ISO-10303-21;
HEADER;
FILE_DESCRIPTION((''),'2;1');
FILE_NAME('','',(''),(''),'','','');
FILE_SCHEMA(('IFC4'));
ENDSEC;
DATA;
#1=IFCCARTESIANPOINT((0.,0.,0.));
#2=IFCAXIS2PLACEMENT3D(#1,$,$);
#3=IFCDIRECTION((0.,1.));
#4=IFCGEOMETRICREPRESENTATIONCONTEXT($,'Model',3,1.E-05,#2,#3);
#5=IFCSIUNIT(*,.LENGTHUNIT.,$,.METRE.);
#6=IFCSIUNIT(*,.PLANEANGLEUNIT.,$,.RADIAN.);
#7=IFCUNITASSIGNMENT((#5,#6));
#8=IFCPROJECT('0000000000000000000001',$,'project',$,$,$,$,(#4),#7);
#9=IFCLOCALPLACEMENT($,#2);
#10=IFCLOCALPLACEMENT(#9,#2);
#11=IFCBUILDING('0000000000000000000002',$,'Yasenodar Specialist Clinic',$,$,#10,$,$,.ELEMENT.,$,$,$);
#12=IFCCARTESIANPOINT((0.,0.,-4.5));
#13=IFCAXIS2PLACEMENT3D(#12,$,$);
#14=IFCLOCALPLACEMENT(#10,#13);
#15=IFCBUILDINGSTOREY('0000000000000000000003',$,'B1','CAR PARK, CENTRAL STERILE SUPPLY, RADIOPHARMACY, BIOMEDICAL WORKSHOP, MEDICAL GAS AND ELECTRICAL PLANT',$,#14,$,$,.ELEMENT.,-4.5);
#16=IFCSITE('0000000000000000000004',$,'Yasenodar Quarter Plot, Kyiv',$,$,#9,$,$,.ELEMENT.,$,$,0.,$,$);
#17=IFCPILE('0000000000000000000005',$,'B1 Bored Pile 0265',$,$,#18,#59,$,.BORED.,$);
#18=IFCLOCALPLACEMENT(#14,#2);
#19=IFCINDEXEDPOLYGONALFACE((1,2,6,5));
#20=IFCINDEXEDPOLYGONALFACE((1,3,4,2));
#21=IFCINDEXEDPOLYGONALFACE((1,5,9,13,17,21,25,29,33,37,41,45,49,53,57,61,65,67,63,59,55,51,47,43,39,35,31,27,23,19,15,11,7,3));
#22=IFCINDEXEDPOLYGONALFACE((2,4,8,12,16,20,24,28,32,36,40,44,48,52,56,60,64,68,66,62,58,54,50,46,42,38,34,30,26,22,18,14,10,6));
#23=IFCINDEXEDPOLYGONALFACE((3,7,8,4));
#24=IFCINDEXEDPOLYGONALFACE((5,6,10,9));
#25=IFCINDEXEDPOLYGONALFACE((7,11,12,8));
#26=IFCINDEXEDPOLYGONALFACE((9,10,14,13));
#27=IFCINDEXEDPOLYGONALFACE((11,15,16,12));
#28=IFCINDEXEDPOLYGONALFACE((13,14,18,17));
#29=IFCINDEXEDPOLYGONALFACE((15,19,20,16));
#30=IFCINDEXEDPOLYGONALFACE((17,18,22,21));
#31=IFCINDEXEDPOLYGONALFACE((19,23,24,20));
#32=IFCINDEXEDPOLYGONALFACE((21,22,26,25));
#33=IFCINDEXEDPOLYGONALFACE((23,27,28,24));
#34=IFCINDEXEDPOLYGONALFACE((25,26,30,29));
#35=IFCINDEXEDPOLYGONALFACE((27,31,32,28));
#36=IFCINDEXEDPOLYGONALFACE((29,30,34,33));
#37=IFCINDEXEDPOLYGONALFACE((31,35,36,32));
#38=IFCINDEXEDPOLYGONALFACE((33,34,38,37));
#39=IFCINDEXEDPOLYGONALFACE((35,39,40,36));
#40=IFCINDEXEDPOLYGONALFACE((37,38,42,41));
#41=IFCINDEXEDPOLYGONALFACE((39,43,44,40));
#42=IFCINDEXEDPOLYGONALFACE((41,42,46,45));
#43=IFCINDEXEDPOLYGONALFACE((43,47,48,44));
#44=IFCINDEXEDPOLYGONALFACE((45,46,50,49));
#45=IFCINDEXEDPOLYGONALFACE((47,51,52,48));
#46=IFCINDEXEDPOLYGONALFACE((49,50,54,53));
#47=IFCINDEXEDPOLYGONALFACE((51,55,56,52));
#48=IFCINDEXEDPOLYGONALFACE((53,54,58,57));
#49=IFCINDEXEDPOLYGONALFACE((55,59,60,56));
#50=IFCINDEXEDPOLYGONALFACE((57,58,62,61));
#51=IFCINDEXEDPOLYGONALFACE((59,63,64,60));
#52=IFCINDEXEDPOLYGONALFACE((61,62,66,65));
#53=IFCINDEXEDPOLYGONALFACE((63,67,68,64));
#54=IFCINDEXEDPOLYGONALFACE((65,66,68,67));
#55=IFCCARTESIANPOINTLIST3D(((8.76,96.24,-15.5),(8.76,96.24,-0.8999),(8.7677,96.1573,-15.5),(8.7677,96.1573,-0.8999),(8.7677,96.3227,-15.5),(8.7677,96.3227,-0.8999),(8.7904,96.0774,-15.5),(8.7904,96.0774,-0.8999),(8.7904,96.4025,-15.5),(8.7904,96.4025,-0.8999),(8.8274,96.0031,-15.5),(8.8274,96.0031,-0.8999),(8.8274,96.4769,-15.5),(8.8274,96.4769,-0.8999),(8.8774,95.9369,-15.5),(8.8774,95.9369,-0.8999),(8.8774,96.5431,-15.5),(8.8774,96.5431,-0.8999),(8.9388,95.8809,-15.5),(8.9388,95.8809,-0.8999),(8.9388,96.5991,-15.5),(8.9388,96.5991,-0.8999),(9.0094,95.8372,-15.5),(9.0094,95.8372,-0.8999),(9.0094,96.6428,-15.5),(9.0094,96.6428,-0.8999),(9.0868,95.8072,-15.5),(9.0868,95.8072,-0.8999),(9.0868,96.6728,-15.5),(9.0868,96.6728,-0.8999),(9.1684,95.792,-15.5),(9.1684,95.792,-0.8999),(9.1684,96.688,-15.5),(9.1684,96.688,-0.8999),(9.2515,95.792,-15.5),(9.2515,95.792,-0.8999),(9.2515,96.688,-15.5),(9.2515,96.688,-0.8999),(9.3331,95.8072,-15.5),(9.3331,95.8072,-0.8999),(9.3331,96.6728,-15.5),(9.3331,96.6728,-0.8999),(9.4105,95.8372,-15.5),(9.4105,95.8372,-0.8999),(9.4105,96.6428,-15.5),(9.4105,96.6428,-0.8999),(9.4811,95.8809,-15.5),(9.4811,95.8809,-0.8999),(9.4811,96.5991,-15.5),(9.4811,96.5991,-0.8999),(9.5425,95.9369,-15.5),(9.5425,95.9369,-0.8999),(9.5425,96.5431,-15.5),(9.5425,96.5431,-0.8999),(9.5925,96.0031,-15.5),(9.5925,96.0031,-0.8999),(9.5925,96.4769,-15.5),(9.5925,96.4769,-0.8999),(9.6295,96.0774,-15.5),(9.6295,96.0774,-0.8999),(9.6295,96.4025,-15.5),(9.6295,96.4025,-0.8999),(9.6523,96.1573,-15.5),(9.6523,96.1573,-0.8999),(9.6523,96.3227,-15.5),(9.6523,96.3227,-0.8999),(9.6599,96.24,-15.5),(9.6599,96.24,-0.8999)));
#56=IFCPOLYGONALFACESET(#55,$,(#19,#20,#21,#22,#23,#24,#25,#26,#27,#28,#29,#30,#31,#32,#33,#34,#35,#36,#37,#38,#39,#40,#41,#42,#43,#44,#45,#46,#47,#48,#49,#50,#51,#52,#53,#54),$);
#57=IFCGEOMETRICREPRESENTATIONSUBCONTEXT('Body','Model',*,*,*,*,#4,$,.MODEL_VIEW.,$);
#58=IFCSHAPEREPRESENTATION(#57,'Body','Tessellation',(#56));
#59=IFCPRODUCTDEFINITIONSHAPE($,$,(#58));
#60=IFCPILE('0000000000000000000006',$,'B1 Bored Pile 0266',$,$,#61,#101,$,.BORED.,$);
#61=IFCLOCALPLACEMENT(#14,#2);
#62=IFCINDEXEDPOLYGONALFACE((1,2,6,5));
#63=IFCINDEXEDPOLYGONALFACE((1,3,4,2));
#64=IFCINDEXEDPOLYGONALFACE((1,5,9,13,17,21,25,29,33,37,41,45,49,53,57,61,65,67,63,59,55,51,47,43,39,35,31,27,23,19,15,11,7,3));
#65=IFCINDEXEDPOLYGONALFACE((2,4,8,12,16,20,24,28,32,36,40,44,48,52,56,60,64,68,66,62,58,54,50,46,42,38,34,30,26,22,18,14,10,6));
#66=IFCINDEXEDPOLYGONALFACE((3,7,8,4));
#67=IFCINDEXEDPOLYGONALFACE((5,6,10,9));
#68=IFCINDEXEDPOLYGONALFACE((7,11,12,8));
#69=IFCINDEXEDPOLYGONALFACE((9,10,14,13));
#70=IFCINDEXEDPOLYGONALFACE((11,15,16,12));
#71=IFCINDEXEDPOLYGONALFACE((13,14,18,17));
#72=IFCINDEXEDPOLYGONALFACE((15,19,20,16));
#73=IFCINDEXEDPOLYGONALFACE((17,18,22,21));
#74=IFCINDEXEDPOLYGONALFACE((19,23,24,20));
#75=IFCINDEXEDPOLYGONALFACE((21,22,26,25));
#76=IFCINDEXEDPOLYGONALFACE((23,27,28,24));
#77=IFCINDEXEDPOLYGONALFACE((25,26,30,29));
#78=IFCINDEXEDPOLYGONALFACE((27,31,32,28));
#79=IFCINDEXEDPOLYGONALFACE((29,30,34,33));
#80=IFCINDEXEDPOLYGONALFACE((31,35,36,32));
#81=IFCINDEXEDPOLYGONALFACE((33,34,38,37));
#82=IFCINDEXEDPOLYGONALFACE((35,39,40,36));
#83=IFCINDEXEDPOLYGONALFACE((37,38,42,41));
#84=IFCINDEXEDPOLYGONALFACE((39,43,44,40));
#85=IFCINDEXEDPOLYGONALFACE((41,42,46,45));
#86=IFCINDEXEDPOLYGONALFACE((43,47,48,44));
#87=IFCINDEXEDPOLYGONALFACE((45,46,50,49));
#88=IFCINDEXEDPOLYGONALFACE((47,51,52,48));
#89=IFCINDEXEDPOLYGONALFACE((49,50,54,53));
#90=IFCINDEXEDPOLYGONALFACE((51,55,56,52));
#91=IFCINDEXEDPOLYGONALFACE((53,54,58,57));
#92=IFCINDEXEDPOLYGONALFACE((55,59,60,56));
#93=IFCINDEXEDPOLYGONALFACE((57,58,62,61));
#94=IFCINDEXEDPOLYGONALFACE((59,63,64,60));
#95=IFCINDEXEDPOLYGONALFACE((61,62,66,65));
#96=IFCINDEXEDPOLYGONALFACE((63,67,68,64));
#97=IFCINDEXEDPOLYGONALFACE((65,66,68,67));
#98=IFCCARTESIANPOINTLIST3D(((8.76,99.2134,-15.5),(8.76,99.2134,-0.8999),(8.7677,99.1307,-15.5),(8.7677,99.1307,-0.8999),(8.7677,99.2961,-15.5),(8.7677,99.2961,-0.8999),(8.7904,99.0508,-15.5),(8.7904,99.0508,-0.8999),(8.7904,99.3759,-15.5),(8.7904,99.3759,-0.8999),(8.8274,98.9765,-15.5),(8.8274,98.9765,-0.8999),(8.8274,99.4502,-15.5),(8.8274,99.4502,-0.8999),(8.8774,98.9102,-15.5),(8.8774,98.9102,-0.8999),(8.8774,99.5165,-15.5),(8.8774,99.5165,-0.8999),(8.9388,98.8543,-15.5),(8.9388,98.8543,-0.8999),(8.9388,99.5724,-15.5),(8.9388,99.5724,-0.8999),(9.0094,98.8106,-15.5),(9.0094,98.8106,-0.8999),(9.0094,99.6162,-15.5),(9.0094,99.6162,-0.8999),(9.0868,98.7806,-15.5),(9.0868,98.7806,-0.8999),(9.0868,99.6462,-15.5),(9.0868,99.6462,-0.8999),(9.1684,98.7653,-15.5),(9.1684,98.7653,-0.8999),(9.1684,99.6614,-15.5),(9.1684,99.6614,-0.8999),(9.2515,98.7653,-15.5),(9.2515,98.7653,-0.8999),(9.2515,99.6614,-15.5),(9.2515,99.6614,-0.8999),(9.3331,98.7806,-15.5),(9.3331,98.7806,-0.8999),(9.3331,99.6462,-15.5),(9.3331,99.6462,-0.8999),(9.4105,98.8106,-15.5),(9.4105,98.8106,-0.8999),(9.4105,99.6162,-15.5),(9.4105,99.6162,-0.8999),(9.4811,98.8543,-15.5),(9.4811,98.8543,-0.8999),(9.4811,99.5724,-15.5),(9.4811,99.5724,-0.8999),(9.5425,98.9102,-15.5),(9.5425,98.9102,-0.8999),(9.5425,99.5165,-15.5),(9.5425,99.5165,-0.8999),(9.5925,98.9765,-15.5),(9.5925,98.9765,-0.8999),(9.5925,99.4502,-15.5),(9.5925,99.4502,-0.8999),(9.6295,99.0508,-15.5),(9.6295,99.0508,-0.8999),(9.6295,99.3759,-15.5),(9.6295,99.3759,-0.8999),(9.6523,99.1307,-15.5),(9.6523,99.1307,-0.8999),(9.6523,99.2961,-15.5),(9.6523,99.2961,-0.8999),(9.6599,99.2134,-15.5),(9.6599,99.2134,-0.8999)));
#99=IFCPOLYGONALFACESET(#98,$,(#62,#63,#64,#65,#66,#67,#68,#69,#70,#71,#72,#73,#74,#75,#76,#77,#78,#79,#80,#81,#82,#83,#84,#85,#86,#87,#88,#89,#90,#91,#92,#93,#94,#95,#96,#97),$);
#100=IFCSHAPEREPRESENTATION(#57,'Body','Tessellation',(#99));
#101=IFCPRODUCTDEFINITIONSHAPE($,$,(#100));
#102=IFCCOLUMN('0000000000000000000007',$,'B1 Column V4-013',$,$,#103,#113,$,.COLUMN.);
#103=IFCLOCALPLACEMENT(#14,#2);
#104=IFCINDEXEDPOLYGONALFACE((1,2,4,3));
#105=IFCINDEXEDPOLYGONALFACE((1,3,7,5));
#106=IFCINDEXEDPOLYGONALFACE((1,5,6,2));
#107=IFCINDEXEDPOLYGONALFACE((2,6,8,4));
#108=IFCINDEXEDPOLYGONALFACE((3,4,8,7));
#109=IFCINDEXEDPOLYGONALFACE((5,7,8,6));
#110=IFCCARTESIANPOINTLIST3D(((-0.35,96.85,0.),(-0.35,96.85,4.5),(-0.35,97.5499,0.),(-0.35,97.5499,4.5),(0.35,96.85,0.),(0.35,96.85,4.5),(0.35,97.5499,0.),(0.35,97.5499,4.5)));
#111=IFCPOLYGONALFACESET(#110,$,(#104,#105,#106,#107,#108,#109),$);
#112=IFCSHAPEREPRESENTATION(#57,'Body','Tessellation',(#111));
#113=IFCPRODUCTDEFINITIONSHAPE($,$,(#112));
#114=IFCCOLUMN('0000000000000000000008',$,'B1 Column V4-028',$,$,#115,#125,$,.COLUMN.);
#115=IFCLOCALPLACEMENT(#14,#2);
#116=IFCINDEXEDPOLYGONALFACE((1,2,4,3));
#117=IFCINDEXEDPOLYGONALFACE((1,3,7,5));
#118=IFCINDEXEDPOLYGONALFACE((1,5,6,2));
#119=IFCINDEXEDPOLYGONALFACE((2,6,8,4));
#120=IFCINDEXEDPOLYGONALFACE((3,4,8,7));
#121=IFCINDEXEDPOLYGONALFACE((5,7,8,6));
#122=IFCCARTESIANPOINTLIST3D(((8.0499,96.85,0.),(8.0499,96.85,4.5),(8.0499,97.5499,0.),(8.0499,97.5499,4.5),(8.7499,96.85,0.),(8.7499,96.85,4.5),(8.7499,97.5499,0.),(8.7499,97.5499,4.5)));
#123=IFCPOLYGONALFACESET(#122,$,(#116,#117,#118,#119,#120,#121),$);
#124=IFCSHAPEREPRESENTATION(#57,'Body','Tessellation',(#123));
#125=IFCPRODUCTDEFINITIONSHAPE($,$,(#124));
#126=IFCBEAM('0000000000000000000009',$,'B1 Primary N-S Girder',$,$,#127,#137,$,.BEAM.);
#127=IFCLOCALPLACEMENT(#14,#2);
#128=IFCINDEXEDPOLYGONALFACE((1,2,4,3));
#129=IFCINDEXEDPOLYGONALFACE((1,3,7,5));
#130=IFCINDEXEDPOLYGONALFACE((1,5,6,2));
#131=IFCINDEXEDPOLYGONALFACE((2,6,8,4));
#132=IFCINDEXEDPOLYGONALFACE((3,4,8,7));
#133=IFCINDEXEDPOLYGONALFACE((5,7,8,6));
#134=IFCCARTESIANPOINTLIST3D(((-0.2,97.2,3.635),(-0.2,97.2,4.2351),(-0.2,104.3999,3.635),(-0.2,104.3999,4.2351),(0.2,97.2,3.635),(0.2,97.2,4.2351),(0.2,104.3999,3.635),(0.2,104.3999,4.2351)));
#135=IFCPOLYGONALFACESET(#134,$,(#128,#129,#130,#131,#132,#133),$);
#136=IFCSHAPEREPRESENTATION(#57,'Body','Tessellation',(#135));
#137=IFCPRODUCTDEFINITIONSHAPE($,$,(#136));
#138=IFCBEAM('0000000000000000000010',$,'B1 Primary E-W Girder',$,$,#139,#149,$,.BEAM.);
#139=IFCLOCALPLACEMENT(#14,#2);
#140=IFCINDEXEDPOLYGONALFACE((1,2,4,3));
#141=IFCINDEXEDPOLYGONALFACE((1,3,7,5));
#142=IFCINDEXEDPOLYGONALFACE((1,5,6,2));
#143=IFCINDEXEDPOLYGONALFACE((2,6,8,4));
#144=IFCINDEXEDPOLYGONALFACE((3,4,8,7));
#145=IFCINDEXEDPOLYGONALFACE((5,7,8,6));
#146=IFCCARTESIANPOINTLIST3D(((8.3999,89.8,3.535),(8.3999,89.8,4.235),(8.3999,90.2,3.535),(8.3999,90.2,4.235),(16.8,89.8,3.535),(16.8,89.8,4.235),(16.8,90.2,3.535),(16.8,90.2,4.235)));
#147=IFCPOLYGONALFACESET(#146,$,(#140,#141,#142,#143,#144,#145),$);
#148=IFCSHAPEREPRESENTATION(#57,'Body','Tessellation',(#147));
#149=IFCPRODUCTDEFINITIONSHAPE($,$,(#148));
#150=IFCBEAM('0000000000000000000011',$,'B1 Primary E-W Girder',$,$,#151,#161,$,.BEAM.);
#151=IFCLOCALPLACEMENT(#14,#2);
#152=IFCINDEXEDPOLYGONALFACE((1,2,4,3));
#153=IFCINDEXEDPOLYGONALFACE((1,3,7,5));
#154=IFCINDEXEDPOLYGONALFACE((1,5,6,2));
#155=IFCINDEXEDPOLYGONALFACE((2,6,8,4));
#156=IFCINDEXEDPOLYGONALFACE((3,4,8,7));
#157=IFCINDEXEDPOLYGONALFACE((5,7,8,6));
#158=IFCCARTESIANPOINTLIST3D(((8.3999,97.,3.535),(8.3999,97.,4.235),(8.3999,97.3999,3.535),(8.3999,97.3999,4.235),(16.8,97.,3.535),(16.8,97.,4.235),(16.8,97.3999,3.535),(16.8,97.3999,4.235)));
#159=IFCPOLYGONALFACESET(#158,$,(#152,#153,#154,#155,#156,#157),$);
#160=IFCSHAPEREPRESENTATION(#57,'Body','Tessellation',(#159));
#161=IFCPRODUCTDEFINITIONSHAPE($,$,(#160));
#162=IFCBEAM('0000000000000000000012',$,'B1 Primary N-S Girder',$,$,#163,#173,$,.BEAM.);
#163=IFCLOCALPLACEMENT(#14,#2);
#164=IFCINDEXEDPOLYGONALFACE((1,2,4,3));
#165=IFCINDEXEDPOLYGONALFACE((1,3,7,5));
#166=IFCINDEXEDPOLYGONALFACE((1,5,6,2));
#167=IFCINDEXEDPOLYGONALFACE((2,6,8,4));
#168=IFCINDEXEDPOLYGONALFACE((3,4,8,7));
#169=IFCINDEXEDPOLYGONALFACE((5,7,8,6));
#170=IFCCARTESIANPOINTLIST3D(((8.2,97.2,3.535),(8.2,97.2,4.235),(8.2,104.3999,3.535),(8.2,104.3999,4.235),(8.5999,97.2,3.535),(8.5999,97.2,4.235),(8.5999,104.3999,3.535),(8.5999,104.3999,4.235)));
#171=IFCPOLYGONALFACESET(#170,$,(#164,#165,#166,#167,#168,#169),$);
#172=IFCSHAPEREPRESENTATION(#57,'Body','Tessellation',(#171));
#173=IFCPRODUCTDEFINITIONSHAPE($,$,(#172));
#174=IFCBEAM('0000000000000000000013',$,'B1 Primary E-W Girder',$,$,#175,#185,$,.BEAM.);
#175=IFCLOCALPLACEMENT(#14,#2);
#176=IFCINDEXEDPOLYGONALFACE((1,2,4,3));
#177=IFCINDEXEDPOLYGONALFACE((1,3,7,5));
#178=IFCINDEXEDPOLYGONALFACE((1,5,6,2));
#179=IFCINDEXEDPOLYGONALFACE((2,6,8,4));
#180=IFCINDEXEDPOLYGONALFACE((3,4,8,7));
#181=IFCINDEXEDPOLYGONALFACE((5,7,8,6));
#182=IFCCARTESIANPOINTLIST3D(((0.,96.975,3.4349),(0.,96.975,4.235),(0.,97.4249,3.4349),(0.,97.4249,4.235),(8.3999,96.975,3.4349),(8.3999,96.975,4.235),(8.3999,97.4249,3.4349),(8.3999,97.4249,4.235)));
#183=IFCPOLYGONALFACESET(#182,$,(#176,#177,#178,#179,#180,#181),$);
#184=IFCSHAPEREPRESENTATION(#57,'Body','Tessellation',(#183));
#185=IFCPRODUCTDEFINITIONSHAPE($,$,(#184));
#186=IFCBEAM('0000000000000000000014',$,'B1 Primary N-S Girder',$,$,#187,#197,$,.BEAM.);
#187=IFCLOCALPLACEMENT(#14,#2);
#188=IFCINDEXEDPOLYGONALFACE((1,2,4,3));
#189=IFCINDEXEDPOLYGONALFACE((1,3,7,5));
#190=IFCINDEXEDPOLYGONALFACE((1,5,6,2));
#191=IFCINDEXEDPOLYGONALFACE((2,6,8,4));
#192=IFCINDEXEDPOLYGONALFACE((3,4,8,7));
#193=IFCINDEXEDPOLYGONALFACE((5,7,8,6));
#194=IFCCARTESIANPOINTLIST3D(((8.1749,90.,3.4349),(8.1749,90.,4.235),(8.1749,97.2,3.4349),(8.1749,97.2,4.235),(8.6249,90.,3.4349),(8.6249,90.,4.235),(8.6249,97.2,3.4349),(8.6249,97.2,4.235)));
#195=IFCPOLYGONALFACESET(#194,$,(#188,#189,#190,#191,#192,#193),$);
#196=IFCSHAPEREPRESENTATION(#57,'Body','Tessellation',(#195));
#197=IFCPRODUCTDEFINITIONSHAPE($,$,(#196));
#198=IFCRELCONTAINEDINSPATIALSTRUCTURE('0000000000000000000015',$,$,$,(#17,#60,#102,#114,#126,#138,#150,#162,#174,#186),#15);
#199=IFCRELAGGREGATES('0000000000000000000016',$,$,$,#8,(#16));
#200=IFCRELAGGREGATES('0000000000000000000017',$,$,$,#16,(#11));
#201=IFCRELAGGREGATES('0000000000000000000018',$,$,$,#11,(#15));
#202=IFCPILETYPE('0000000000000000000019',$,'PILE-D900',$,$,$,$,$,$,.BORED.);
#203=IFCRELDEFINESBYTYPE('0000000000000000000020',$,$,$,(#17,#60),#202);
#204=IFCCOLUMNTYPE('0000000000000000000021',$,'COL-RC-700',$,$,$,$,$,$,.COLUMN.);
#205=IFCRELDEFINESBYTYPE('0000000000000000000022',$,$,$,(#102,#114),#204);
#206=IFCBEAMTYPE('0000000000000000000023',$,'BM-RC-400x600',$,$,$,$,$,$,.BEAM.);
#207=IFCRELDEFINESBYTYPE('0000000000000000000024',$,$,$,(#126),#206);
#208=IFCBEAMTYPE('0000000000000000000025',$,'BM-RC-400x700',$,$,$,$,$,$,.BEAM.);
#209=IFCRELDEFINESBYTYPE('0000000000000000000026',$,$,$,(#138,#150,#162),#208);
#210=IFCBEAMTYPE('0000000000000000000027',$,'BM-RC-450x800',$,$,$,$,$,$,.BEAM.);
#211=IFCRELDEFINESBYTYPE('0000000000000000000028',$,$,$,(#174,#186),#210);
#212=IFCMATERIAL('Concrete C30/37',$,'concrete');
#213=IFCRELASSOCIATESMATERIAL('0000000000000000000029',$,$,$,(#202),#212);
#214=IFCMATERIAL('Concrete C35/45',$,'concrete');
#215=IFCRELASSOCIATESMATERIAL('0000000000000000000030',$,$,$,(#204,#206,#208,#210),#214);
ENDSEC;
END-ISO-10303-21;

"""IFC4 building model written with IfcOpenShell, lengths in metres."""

from ifc_helpers import new_model, si_unit, direction, frame, origin, origin_2d, place, context, subcontext, project, spatial, rectangle, circle, extrude, material, material_profile, profile_set, type_object, element, save


model = new_model("IFC4")

# Units and contexts
model_context = context("Model", 3, precision=1e-05, world=origin(), true_north=direction((0.0, 1.0)))
body_context = subcontext(model_context, "Body", "Model", "MODEL_VIEW")
ifc_project = project(units=[si_unit("LENGTHUNIT", "METRE"), si_unit("PLANEANGLEUNIT", "RADIAN")], contexts=[model_context])

# Site, building, storey
site_placement = place(None, origin())
site = spatial("IfcSite", under=ifc_project, at=site_placement, Name="Yasenodar Quarter Plot, Kyiv", CompositionType="ELEMENT", RefElevation=0.0)
building_placement = place(site_placement, origin())
building = spatial("IfcBuilding", under=site, at=building_placement, Name="Yasenodar Specialist Clinic", CompositionType="ELEMENT")
storey_placement = place(building_placement, frame((0.0, 0.0, -4.5)))
storey = spatial("IfcBuildingStorey", under=building, at=storey_placement, Name="B1", Description="CAR PARK, CENTRAL STERILE SUPPLY, RADIOPHARMACY, BIOMEDICAL WORKSHOP, MEDICAL GAS AND ELECTRICAL PLANT", CompositionType="ELEMENT", Elevation=-4.5)

# Shared definitions
ifc_material_1 = material(Name="Concrete C35/45", Category="concrete")

# Piles
ifc_material_2 = material(Name="Concrete C30/37", Category="concrete")
ifc_material_profile_1 = material_profile(ifc_material_2, circle(Radius=0.45, at=origin_2d()), Name="PILE D900")
ifc_profile_set_1 = profile_set([ifc_material_profile_1], Name="Concrete C30/37")
pile_type_1 = type_object("IfcPileType", Name="PILE-D900", PredefinedType="BORED", material=ifc_profile_set_1)
for number, where, z_axis, x_axis, name in (
    (1, (9.21, 96.24, -0.8999), (0.0, 0.0, -1.0), (1.0, 0.0, 0.0), "B1 Bored Pile 0265"),
    (2, (9.21, 99.2134, -0.8999), (0.0, 0.0, -1.0), (1.0, 0.0, 0.0), "B1 Bored Pile 0266"),
):
    element("IfcPile", number, at=place(storey_placement, frame(where, z_axis=z_axis, x_axis=x_axis)), inside=storey, type_object=pile_type_1, Name=name, PredefinedType="BORED", context=body_context, shape_type="SweptSolid", body=[
        extrude(circle(Radius=0.45, at=origin_2d()), origin(), (0.0, 0.0, 1.0), 14.6001),
    ])

# Columns
ifc_material_profile_2 = material_profile(ifc_material_1, rectangle(XDim=0.7, YDim=0.7, at=origin_2d()), Name="RC 700x700")
ifc_profile_set_2 = profile_set([ifc_material_profile_2], Name="Concrete C35/45")
column_type = type_object("IfcColumnType", Name="COL-RC-700", PredefinedType="COLUMN", material=ifc_profile_set_2)
for number, where, z_axis, x_axis, name in (
    (3, (0.0, 97.2, 0.0), (0.0, 0.0, 1.0), (1.0, 0.0, 0.0), "B1 Column V4-013"),
    (4, (8.3999, 97.2, 0.0), (0.0, 0.0, 1.0), (1.0, 0.0, 0.0), "B1 Column V4-028"),
):
    element("IfcColumn", number, at=place(storey_placement, frame(where, z_axis=z_axis, x_axis=x_axis)), inside=storey, type_object=column_type, Name=name, PredefinedType="COLUMN", context=body_context, shape_type="SweptSolid", body=[
        extrude(rectangle(XDim=0.7, YDim=0.7, at=origin_2d()), origin(), (0.0, 0.0, 1.0), 4.5),
    ])

# Beams
ifc_material_profile_3 = material_profile(ifc_material_1, rectangle(XDim=0.3999, YDim=0.6001, at=origin_2d()), Name="RC 400x600")
ifc_profile_set_3 = profile_set([ifc_material_profile_3], Name="Concrete C35/45")
beam_type_1 = type_object("IfcBeamType", Name="BM-RC-400x600", PredefinedType="BEAM", material=ifc_profile_set_3)
beam_1_placement = place(storey_placement, frame((0.0, 97.2, 3.9351), z_axis=(0.0, 1.0, 0.0), x_axis=(-1.0, 0.0, 0.0)))
element("IfcBeam", 5, at=beam_1_placement, inside=storey, type_object=beam_type_1, Name="B1 Primary N-S Girder", PredefinedType="BEAM", context=body_context, shape_type="SweptSolid", body=[
    extrude(rectangle(XDim=0.3999, YDim=0.6001, at=origin_2d()), origin(), (0.0, 0.0, 1.0), 7.2),
])
ifc_material_profile_4 = material_profile(ifc_material_1, rectangle(XDim=0.3999, YDim=0.7, at=origin_2d()), Name="RC 400x700")
ifc_profile_set_4 = profile_set([ifc_material_profile_4], Name="Concrete C35/45")
beam_type_2 = type_object("IfcBeamType", Name="BM-RC-400x700", PredefinedType="BEAM", material=ifc_profile_set_4)
for number, where, z_axis, x_axis, name in (
    (6, (8.3999, 90.0, 3.885), (1.0, 0.0, 0.0), (0.0, 1.0, 0.0), "B1 Primary E-W Girder"),
    (7, (8.3999, 97.2, 3.885), (1.0, 0.0, 0.0), (0.0, 1.0, 0.0), "B1 Primary E-W Girder"),
):
    element("IfcBeam", number, at=place(storey_placement, frame(where, z_axis=z_axis, x_axis=x_axis)), inside=storey, type_object=beam_type_2, Name=name, PredefinedType="BEAM", context=body_context, shape_type="SweptSolid", body=[
        extrude(rectangle(XDim=0.3999, YDim=0.7, at=origin_2d()), origin(), (0.0, 0.0, 1.0), 8.4001),
    ])
beam_2_placement = place(storey_placement, frame((8.3999, 97.2, 3.885), z_axis=(0.0, 1.0, 0.0), x_axis=(-1.0, 0.0, 0.0)))
element("IfcBeam", 8, at=beam_2_placement, inside=storey, type_object=beam_type_2, Name="B1 Primary N-S Girder", PredefinedType="BEAM", context=body_context, shape_type="SweptSolid", body=[
    extrude(rectangle(XDim=0.3999, YDim=0.7, at=origin_2d()), origin(), (0.0, 0.0, 1.0), 7.2),
])
ifc_material_profile_5 = material_profile(ifc_material_1, rectangle(XDim=0.45, YDim=0.8, at=origin_2d()), Name="RC 450x800")
ifc_profile_set_5 = profile_set([ifc_material_profile_5], Name="Concrete C35/45")
beam_type_3 = type_object("IfcBeamType", Name="BM-RC-450x800", PredefinedType="BEAM", material=ifc_profile_set_5)
beam_3_placement = place(storey_placement, frame((0.0, 97.2, 3.835), z_axis=(1.0, 0.0, 0.0), x_axis=(0.0, 1.0, 0.0)))
element("IfcBeam", 9, at=beam_3_placement, inside=storey, type_object=beam_type_3, Name="B1 Primary E-W Girder", PredefinedType="BEAM", context=body_context, shape_type="SweptSolid", body=[
    extrude(rectangle(XDim=0.45, YDim=0.8, at=origin_2d()), origin(), (0.0, 0.0, 1.0), 8.3999),
])
beam_4_placement = place(storey_placement, frame((8.3999, 90.0, 3.835), z_axis=(0.0, 1.0, 0.0), x_axis=(-1.0, 0.0, 0.0)))
element("IfcBeam", 10, at=beam_4_placement, inside=storey, type_object=beam_type_3, Name="B1 Primary N-S Girder", PredefinedType="BEAM", context=body_context, shape_type="SweptSolid", body=[
    extrude(rectangle(XDim=0.45, YDim=0.8, at=origin_2d()), origin(), (0.0, 0.0, 1.0), 7.2),
])

save(model, "model.ifc")
